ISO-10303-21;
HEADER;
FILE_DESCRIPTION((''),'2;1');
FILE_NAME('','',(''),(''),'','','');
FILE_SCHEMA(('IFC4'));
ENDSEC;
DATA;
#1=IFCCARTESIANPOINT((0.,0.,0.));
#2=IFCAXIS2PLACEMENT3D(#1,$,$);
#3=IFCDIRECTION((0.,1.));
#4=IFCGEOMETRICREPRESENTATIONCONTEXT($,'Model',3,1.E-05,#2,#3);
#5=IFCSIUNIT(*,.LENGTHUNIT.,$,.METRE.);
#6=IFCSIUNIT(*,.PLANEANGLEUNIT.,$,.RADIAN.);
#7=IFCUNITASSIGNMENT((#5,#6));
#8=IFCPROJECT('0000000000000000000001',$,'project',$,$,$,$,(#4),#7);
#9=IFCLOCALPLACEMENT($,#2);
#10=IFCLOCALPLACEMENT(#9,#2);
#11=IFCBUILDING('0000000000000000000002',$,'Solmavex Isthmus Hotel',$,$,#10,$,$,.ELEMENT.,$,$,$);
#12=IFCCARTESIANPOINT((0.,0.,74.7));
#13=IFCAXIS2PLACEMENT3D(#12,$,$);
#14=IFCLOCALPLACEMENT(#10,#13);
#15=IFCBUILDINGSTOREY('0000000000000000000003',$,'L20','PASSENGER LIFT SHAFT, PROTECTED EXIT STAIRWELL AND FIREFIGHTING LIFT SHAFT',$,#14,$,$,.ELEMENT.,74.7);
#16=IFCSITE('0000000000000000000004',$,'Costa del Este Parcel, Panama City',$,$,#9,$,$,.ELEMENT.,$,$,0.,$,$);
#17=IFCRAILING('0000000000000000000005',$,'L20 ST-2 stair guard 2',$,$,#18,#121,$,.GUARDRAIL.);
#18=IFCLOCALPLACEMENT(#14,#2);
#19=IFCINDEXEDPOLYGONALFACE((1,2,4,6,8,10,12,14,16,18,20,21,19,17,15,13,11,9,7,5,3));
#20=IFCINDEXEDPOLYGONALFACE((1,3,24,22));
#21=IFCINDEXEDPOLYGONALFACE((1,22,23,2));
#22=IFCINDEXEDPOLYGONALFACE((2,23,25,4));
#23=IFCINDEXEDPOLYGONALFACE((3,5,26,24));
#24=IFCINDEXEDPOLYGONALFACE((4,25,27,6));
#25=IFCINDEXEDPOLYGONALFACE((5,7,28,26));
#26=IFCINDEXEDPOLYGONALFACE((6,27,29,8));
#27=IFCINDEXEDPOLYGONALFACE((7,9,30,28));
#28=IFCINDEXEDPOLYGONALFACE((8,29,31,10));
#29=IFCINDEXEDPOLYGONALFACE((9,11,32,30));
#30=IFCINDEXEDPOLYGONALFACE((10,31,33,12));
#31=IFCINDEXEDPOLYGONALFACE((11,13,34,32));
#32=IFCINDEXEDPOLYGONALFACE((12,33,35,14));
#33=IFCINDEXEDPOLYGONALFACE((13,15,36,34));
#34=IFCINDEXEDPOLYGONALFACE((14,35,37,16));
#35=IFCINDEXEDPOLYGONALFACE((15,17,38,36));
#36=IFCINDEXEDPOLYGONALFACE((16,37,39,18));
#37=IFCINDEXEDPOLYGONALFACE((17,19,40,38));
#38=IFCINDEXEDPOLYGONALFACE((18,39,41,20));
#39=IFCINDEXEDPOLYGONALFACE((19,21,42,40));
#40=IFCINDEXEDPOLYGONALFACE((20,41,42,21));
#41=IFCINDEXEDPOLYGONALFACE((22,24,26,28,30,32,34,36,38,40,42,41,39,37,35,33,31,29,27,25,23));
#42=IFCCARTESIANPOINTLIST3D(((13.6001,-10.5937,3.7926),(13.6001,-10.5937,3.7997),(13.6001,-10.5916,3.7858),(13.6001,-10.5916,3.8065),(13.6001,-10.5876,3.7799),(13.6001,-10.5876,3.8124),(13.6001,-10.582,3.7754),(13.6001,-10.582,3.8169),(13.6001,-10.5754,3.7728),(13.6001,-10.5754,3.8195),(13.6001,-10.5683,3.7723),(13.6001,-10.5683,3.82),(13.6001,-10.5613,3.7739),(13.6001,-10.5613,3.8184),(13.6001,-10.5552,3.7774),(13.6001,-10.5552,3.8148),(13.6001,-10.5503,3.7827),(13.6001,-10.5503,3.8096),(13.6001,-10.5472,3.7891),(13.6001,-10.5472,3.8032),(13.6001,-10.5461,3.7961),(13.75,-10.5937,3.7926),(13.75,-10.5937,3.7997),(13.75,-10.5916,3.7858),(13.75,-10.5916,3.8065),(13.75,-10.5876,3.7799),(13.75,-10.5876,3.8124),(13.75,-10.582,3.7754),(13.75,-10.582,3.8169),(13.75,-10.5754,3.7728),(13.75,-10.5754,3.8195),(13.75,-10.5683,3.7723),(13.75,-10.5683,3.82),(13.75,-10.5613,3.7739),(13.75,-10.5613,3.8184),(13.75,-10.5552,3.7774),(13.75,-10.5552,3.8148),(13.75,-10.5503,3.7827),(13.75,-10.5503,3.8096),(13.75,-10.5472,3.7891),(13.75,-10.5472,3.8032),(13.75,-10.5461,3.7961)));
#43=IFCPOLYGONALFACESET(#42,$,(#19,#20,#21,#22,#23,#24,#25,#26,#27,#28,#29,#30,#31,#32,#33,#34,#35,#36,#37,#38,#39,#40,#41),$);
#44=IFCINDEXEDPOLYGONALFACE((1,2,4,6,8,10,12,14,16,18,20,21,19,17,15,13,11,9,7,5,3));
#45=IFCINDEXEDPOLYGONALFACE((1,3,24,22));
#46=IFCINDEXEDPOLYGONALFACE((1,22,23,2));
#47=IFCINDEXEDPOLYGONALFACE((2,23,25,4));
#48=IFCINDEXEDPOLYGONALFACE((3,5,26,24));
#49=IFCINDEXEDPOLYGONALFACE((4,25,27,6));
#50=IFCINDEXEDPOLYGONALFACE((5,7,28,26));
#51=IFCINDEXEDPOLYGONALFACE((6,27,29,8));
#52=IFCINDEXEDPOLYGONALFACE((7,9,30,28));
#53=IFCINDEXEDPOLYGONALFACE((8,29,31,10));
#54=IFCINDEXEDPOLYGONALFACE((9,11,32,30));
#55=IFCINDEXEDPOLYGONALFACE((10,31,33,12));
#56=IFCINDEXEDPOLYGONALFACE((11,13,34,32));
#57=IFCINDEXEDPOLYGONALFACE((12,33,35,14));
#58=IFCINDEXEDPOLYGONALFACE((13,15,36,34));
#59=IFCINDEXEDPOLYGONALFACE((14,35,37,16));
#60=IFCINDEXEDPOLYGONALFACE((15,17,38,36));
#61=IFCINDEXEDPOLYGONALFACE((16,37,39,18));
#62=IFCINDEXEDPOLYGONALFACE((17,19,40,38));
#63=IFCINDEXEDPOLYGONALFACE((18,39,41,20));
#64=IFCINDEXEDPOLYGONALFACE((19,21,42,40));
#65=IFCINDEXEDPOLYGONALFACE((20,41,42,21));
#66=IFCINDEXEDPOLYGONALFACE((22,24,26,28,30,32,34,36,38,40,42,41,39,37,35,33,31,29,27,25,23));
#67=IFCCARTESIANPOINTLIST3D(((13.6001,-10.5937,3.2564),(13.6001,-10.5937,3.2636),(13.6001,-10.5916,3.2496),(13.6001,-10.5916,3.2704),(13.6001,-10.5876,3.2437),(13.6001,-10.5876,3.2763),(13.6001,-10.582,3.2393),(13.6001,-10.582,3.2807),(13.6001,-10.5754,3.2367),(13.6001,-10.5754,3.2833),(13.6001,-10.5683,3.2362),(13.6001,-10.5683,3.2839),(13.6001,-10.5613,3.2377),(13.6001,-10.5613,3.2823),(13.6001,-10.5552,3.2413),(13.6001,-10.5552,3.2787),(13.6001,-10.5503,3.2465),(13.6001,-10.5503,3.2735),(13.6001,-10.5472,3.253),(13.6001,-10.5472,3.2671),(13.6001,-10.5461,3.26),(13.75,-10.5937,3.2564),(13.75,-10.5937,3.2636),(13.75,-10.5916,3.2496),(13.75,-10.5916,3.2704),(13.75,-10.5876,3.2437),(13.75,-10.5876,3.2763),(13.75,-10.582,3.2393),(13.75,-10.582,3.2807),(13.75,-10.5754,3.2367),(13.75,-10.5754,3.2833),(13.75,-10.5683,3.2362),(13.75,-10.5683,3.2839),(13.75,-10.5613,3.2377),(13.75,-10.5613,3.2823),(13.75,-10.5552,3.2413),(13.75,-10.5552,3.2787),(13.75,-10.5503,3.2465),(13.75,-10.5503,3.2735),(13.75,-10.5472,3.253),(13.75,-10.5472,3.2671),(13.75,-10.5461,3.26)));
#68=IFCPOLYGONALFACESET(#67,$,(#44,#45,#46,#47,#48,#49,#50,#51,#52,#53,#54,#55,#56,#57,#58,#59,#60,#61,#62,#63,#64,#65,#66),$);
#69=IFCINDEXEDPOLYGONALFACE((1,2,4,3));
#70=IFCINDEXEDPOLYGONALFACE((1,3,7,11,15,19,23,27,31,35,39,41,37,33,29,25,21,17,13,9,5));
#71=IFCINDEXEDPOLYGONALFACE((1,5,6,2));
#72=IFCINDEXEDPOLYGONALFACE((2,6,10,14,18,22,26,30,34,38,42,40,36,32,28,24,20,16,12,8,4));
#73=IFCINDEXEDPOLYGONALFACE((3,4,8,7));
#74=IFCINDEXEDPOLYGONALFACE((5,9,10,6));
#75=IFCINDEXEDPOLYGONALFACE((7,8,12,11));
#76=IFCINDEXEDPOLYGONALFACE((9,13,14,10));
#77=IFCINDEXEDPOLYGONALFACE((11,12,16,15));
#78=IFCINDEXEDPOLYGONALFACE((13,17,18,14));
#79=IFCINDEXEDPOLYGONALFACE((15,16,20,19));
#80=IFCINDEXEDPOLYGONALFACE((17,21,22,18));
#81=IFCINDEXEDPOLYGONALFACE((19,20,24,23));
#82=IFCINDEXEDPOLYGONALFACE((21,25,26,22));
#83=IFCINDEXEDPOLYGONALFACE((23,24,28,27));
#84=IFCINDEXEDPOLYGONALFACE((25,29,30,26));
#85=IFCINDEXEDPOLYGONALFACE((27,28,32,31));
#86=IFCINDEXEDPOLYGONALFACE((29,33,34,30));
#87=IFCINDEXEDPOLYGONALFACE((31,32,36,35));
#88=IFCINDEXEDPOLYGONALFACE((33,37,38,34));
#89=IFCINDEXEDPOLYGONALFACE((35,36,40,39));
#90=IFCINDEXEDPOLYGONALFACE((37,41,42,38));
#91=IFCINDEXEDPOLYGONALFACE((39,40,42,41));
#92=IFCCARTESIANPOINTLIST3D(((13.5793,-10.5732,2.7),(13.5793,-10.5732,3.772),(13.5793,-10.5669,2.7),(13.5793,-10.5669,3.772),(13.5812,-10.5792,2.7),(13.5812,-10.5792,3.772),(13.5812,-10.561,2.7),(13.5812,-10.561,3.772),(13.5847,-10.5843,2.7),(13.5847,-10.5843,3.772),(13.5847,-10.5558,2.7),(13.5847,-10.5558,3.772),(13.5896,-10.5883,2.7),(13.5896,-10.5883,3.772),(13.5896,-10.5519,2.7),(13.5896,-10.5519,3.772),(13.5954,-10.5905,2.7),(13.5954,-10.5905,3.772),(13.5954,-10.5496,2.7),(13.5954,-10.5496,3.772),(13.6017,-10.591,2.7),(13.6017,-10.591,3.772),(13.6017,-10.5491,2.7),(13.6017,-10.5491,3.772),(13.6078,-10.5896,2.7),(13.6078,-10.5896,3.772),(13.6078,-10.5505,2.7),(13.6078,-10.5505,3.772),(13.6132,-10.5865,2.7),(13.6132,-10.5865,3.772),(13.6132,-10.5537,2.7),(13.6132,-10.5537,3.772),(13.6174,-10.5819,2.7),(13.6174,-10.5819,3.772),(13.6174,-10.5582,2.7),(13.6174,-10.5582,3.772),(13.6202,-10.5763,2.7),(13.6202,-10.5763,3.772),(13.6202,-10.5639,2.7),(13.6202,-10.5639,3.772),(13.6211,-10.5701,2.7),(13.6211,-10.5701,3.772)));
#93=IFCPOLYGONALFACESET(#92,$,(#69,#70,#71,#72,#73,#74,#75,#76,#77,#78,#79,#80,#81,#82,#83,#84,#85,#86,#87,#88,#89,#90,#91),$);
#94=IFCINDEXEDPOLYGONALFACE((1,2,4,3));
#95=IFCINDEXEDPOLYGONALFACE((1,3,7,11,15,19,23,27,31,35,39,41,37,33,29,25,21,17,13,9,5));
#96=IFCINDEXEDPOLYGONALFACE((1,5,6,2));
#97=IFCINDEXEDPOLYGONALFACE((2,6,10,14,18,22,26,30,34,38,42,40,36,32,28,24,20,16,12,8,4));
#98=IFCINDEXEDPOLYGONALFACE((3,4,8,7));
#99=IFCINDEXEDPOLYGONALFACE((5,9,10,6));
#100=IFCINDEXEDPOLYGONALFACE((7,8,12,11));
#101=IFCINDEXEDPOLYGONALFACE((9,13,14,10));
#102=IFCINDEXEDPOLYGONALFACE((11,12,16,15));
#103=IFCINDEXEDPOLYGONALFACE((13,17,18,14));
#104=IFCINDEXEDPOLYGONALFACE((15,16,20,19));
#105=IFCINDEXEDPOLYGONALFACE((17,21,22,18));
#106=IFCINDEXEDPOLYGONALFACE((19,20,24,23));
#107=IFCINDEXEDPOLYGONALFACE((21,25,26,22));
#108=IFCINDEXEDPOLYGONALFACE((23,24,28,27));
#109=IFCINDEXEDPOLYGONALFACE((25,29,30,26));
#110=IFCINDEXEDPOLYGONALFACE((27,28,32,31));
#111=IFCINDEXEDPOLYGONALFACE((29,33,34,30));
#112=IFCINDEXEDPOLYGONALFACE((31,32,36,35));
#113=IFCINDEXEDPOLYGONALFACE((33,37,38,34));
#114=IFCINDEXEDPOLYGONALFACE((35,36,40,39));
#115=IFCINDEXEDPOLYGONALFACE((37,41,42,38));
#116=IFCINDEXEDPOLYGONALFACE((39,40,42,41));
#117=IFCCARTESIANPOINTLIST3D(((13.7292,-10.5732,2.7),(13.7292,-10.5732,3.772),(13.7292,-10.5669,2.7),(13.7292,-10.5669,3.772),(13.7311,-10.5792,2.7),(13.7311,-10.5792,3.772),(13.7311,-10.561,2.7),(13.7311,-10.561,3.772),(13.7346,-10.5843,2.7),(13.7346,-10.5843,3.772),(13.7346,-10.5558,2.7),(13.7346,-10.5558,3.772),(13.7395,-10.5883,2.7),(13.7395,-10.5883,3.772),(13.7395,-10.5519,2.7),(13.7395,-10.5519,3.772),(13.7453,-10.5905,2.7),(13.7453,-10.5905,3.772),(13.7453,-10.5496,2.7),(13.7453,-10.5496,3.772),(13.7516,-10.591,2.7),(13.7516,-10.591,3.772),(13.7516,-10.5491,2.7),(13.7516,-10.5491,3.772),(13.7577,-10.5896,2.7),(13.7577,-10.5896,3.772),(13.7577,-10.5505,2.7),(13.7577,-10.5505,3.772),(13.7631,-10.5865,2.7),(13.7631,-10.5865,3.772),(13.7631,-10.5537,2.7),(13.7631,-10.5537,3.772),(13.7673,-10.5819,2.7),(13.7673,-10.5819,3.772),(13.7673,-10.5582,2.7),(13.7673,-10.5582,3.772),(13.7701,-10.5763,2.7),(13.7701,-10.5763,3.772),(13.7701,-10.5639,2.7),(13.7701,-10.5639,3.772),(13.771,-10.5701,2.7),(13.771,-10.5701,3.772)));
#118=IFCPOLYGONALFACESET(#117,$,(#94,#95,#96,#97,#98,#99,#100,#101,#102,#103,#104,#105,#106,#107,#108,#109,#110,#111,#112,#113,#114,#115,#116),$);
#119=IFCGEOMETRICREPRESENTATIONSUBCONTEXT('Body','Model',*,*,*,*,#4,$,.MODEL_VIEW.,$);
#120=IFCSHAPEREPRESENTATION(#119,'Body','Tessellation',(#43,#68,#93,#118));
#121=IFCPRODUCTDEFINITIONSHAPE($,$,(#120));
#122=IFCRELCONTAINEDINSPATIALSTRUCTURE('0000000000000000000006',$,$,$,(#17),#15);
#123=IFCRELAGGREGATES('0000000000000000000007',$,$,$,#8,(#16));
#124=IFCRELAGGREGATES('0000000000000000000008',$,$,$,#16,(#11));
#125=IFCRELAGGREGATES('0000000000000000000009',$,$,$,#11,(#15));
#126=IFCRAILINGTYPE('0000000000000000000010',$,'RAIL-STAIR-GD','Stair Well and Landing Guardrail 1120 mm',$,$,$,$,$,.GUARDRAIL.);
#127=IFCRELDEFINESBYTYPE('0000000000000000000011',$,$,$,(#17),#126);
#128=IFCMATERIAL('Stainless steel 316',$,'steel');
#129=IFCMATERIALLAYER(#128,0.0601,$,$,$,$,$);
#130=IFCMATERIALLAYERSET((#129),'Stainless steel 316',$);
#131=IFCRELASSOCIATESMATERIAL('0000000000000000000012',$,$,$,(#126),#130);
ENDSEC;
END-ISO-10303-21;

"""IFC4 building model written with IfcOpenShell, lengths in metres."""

from ifc_helpers import new_model, si_unit, direction, frame, origin, origin_2d, place, context, subcontext, project, spatial, circle, extrude, material, layer, layer_set, type_object, element, save


model = new_model("IFC4")

# Units and contexts
model_context = context("Model", 3, precision=1e-05, world=origin(), true_north=direction((0.0, 1.0)))
body_context = subcontext(model_context, "Body", "Model", "MODEL_VIEW")
ifc_project = project(units=[si_unit("LENGTHUNIT", "METRE"), si_unit("PLANEANGLEUNIT", "RADIAN")], contexts=[model_context])

# Site, building, storey
site_placement = place(None, origin())
site = spatial("IfcSite", under=ifc_project, at=site_placement, Name="Costa del Este Parcel, Panama City", CompositionType="ELEMENT", RefElevation=0.0)
building_placement = place(site_placement, origin())
building = spatial("IfcBuilding", under=site, at=building_placement, Name="Solmavex Isthmus Hotel", CompositionType="ELEMENT")
storey_placement = place(building_placement, frame((0.0, 0.0, 74.7)))
storey = spatial("IfcBuildingStorey", under=building, at=storey_placement, Name="L20", Description="PASSENGER LIFT SHAFT, PROTECTED EXIT STAIRWELL AND FIREFIGHTING LIFT SHAFT", CompositionType="ELEMENT", Elevation=74.7)

# Railing
ifc_material_1 = material(Name="Stainless steel 316", Category="steel")
ifc_layer_1 = layer(ifc_material_1, 0.0601)
ifc_layer_set_1 = layer_set([ifc_layer_1], Name="Stainless steel 316")
railing_type_1 = type_object("IfcRailingType", Name="RAIL-STAIR-GD", Description="Stair Well and Landing Guardrail 1120 mm", PredefinedType="GUARDRAIL", material=ifc_layer_set_1)
railing_1_placement = place(storey_placement, frame((13.6001, -10.5701, 2.7)))
element("IfcRailing", 1, at=railing_1_placement, inside=storey, type_object=railing_type_1, Name="L20 ST-2 stair guard 2", PredefinedType="GUARDRAIL", context=body_context, shape_type="SweptSolid", body=[
    extrude(circle(Radius=0.0239, at=origin_2d()), frame((0.0, 0.0, 1.0962), z_axis=(1.0, 0.0, 0.0), x_axis=(0.0, 1.0, 0.0)), (0.0, 0.0, 1.0), 0.1499),
    extrude(circle(Radius=0.0239, at=origin_2d()), frame((0.0, 0.0, 0.5601), z_axis=(1.0, 0.0, 0.0), x_axis=(0.0, 1.0, 0.0)), (0.0, 0.0, 1.0), 0.1499),
    extrude(circle(Radius=0.021, at=origin_2d()), origin(), (0.0, 0.0, 1.0), 1.072),
    extrude(circle(Radius=0.021, at=origin_2d()), frame((0.1499, 0.0, 0.0)), (0.0, 0.0, 1.0), 1.072),
])

save(model, "model.ifc")
